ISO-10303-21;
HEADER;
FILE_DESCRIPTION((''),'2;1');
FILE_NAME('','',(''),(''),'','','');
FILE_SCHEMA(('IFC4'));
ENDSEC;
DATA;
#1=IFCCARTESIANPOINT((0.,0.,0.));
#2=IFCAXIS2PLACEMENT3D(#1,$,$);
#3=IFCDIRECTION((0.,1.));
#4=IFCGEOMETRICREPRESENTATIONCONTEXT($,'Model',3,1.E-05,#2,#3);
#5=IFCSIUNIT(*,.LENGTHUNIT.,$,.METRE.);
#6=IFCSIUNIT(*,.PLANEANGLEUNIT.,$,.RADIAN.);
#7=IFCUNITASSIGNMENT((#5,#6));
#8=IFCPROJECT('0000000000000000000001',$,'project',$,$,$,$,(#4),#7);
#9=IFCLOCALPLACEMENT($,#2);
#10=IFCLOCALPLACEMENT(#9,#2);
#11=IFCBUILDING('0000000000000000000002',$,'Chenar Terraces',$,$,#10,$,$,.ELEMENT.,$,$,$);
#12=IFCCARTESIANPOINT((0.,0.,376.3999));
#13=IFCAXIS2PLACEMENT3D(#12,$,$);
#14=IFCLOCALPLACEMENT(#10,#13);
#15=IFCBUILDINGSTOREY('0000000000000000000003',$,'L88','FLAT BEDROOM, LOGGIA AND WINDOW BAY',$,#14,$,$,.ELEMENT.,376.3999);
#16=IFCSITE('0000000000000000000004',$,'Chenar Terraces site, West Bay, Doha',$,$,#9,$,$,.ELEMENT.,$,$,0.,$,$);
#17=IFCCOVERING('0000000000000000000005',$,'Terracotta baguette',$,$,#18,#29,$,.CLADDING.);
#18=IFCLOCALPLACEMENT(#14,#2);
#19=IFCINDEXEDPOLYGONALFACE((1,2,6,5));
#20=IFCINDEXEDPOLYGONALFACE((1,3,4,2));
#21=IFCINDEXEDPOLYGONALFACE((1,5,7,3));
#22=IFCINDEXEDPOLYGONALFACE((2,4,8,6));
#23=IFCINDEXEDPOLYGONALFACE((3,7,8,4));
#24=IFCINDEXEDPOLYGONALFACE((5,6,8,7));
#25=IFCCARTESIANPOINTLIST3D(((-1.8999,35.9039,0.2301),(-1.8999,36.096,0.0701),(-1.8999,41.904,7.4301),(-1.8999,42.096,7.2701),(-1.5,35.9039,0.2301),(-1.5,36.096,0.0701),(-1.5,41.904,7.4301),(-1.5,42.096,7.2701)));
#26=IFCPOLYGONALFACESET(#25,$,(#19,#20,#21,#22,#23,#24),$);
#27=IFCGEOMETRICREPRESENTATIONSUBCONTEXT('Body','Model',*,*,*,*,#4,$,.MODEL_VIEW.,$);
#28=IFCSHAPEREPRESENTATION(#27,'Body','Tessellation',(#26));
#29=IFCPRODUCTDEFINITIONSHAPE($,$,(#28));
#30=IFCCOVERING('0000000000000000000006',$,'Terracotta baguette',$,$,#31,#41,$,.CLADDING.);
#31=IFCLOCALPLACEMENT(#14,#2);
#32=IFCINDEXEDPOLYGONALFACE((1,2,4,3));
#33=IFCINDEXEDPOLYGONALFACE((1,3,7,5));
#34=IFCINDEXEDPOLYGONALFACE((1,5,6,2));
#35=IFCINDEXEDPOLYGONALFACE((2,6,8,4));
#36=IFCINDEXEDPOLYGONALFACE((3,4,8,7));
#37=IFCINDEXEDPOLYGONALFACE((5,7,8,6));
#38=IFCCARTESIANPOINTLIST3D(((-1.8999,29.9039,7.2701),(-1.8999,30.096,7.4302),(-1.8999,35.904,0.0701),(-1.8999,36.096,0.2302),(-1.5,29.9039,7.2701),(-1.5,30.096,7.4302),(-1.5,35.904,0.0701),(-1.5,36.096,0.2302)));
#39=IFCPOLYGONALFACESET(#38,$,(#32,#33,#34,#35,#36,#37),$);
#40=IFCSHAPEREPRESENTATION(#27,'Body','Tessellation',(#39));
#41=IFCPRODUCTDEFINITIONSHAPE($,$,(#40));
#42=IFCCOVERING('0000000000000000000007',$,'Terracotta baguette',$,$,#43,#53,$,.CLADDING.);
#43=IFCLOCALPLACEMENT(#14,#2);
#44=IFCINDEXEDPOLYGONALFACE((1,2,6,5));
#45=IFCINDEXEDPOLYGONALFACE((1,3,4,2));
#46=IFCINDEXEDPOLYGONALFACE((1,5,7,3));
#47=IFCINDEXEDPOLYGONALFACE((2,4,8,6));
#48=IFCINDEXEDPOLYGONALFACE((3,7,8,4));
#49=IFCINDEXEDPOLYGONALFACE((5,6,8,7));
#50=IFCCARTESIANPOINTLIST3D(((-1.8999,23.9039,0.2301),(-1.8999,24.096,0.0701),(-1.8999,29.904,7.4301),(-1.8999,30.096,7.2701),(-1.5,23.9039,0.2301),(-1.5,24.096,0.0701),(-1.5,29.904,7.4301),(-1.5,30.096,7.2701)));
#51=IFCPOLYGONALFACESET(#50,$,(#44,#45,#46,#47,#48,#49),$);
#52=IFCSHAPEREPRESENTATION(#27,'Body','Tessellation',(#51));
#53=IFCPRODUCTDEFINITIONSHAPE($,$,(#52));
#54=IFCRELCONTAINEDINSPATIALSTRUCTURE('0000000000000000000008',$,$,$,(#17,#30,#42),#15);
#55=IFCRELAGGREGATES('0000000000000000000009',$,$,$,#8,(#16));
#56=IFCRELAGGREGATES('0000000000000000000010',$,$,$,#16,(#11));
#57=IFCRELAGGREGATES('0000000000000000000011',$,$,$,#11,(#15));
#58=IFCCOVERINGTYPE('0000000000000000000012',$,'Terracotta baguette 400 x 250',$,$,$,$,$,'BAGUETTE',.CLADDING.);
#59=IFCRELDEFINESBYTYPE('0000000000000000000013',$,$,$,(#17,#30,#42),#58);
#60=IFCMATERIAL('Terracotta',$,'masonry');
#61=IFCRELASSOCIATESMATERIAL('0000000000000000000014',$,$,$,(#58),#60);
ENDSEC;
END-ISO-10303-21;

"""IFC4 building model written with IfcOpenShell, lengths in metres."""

from ifc_helpers import new_model, si_unit, direction, frame, origin, origin_2d, place, context, subcontext, project, spatial, rectangle, extrude, material, material_profile, profile_set, type_object, element, save


model = new_model("IFC4")

# Units and contexts
model_context = context("Model", 3, precision=1e-05, world=origin(), true_north=direction((0.0, 1.0)))
body_context = subcontext(model_context, "Body", "Model", "MODEL_VIEW")
ifc_project = project(units=[si_unit("LENGTHUNIT", "METRE"), si_unit("PLANEANGLEUNIT", "RADIAN")], contexts=[model_context])

# Site, building, storey
site_placement = place(None, origin())
site = spatial("IfcSite", under=ifc_project, at=site_placement, Name="Chenar Terraces site, West Bay, Doha", CompositionType="ELEMENT", RefElevation=0.0)
building_placement = place(site_placement, origin())
building = spatial("IfcBuilding", under=site, at=building_placement, Name="Chenar Terraces", CompositionType="ELEMENT")
storey_placement = place(building_placement, frame((0.0, 0.0, 376.3999)))
storey = spatial("IfcBuildingStorey", under=building, at=storey_placement, Name="L88", Description="FLAT BEDROOM, LOGGIA AND WINDOW BAY", CompositionType="ELEMENT", Elevation=376.3999)

# Coverings
ifc_material_1 = material(Name="Terracotta", Category="masonry")
ifc_material_profile_1 = material_profile(ifc_material_1, rectangle(XDim=0.3999, YDim=0.25, at=origin_2d()), Name="Terracotta baguette 400 x 250")
ifc_profile_set_1 = profile_set([ifc_material_profile_1], Name="Terracotta")
covering_type = type_object("IfcCoveringType", Name="Terracotta baguette 400 x 250", ElementType="BAGUETTE", PredefinedType="CLADDING", material=ifc_profile_set_1)
for number, where, z_axis, x_axis, name in (
    (1, (-1.7, 42.0, 7.3501), (0.0, -0.640187, -0.768219), (1.0, 0.0, 0.0), "Terracotta baguette"),
    (2, (-1.7, 36.0, 0.1501), (0.0, -0.640187, 0.768219), (1.0, 0.0, 0.0), "Terracotta baguette"),
    (3, (-1.7, 30.0, 7.3501), (0.0, -0.640187, -0.768219), (1.0, 0.0, 0.0), "Terracotta baguette"),
):
    element("IfcCovering", number, at=place(storey_placement, frame(where, z_axis=z_axis, x_axis=x_axis)), inside=storey, type_object=covering_type, Name=name, PredefinedType="CLADDING", context=body_context, shape_type="SweptSolid", body=[
        extrude(rectangle(XDim=0.3999, YDim=0.25, at=origin_2d()), origin(), (0.0, 0.0, 1.0), 9.3723),
    ])

save(model, "model.ifc")
